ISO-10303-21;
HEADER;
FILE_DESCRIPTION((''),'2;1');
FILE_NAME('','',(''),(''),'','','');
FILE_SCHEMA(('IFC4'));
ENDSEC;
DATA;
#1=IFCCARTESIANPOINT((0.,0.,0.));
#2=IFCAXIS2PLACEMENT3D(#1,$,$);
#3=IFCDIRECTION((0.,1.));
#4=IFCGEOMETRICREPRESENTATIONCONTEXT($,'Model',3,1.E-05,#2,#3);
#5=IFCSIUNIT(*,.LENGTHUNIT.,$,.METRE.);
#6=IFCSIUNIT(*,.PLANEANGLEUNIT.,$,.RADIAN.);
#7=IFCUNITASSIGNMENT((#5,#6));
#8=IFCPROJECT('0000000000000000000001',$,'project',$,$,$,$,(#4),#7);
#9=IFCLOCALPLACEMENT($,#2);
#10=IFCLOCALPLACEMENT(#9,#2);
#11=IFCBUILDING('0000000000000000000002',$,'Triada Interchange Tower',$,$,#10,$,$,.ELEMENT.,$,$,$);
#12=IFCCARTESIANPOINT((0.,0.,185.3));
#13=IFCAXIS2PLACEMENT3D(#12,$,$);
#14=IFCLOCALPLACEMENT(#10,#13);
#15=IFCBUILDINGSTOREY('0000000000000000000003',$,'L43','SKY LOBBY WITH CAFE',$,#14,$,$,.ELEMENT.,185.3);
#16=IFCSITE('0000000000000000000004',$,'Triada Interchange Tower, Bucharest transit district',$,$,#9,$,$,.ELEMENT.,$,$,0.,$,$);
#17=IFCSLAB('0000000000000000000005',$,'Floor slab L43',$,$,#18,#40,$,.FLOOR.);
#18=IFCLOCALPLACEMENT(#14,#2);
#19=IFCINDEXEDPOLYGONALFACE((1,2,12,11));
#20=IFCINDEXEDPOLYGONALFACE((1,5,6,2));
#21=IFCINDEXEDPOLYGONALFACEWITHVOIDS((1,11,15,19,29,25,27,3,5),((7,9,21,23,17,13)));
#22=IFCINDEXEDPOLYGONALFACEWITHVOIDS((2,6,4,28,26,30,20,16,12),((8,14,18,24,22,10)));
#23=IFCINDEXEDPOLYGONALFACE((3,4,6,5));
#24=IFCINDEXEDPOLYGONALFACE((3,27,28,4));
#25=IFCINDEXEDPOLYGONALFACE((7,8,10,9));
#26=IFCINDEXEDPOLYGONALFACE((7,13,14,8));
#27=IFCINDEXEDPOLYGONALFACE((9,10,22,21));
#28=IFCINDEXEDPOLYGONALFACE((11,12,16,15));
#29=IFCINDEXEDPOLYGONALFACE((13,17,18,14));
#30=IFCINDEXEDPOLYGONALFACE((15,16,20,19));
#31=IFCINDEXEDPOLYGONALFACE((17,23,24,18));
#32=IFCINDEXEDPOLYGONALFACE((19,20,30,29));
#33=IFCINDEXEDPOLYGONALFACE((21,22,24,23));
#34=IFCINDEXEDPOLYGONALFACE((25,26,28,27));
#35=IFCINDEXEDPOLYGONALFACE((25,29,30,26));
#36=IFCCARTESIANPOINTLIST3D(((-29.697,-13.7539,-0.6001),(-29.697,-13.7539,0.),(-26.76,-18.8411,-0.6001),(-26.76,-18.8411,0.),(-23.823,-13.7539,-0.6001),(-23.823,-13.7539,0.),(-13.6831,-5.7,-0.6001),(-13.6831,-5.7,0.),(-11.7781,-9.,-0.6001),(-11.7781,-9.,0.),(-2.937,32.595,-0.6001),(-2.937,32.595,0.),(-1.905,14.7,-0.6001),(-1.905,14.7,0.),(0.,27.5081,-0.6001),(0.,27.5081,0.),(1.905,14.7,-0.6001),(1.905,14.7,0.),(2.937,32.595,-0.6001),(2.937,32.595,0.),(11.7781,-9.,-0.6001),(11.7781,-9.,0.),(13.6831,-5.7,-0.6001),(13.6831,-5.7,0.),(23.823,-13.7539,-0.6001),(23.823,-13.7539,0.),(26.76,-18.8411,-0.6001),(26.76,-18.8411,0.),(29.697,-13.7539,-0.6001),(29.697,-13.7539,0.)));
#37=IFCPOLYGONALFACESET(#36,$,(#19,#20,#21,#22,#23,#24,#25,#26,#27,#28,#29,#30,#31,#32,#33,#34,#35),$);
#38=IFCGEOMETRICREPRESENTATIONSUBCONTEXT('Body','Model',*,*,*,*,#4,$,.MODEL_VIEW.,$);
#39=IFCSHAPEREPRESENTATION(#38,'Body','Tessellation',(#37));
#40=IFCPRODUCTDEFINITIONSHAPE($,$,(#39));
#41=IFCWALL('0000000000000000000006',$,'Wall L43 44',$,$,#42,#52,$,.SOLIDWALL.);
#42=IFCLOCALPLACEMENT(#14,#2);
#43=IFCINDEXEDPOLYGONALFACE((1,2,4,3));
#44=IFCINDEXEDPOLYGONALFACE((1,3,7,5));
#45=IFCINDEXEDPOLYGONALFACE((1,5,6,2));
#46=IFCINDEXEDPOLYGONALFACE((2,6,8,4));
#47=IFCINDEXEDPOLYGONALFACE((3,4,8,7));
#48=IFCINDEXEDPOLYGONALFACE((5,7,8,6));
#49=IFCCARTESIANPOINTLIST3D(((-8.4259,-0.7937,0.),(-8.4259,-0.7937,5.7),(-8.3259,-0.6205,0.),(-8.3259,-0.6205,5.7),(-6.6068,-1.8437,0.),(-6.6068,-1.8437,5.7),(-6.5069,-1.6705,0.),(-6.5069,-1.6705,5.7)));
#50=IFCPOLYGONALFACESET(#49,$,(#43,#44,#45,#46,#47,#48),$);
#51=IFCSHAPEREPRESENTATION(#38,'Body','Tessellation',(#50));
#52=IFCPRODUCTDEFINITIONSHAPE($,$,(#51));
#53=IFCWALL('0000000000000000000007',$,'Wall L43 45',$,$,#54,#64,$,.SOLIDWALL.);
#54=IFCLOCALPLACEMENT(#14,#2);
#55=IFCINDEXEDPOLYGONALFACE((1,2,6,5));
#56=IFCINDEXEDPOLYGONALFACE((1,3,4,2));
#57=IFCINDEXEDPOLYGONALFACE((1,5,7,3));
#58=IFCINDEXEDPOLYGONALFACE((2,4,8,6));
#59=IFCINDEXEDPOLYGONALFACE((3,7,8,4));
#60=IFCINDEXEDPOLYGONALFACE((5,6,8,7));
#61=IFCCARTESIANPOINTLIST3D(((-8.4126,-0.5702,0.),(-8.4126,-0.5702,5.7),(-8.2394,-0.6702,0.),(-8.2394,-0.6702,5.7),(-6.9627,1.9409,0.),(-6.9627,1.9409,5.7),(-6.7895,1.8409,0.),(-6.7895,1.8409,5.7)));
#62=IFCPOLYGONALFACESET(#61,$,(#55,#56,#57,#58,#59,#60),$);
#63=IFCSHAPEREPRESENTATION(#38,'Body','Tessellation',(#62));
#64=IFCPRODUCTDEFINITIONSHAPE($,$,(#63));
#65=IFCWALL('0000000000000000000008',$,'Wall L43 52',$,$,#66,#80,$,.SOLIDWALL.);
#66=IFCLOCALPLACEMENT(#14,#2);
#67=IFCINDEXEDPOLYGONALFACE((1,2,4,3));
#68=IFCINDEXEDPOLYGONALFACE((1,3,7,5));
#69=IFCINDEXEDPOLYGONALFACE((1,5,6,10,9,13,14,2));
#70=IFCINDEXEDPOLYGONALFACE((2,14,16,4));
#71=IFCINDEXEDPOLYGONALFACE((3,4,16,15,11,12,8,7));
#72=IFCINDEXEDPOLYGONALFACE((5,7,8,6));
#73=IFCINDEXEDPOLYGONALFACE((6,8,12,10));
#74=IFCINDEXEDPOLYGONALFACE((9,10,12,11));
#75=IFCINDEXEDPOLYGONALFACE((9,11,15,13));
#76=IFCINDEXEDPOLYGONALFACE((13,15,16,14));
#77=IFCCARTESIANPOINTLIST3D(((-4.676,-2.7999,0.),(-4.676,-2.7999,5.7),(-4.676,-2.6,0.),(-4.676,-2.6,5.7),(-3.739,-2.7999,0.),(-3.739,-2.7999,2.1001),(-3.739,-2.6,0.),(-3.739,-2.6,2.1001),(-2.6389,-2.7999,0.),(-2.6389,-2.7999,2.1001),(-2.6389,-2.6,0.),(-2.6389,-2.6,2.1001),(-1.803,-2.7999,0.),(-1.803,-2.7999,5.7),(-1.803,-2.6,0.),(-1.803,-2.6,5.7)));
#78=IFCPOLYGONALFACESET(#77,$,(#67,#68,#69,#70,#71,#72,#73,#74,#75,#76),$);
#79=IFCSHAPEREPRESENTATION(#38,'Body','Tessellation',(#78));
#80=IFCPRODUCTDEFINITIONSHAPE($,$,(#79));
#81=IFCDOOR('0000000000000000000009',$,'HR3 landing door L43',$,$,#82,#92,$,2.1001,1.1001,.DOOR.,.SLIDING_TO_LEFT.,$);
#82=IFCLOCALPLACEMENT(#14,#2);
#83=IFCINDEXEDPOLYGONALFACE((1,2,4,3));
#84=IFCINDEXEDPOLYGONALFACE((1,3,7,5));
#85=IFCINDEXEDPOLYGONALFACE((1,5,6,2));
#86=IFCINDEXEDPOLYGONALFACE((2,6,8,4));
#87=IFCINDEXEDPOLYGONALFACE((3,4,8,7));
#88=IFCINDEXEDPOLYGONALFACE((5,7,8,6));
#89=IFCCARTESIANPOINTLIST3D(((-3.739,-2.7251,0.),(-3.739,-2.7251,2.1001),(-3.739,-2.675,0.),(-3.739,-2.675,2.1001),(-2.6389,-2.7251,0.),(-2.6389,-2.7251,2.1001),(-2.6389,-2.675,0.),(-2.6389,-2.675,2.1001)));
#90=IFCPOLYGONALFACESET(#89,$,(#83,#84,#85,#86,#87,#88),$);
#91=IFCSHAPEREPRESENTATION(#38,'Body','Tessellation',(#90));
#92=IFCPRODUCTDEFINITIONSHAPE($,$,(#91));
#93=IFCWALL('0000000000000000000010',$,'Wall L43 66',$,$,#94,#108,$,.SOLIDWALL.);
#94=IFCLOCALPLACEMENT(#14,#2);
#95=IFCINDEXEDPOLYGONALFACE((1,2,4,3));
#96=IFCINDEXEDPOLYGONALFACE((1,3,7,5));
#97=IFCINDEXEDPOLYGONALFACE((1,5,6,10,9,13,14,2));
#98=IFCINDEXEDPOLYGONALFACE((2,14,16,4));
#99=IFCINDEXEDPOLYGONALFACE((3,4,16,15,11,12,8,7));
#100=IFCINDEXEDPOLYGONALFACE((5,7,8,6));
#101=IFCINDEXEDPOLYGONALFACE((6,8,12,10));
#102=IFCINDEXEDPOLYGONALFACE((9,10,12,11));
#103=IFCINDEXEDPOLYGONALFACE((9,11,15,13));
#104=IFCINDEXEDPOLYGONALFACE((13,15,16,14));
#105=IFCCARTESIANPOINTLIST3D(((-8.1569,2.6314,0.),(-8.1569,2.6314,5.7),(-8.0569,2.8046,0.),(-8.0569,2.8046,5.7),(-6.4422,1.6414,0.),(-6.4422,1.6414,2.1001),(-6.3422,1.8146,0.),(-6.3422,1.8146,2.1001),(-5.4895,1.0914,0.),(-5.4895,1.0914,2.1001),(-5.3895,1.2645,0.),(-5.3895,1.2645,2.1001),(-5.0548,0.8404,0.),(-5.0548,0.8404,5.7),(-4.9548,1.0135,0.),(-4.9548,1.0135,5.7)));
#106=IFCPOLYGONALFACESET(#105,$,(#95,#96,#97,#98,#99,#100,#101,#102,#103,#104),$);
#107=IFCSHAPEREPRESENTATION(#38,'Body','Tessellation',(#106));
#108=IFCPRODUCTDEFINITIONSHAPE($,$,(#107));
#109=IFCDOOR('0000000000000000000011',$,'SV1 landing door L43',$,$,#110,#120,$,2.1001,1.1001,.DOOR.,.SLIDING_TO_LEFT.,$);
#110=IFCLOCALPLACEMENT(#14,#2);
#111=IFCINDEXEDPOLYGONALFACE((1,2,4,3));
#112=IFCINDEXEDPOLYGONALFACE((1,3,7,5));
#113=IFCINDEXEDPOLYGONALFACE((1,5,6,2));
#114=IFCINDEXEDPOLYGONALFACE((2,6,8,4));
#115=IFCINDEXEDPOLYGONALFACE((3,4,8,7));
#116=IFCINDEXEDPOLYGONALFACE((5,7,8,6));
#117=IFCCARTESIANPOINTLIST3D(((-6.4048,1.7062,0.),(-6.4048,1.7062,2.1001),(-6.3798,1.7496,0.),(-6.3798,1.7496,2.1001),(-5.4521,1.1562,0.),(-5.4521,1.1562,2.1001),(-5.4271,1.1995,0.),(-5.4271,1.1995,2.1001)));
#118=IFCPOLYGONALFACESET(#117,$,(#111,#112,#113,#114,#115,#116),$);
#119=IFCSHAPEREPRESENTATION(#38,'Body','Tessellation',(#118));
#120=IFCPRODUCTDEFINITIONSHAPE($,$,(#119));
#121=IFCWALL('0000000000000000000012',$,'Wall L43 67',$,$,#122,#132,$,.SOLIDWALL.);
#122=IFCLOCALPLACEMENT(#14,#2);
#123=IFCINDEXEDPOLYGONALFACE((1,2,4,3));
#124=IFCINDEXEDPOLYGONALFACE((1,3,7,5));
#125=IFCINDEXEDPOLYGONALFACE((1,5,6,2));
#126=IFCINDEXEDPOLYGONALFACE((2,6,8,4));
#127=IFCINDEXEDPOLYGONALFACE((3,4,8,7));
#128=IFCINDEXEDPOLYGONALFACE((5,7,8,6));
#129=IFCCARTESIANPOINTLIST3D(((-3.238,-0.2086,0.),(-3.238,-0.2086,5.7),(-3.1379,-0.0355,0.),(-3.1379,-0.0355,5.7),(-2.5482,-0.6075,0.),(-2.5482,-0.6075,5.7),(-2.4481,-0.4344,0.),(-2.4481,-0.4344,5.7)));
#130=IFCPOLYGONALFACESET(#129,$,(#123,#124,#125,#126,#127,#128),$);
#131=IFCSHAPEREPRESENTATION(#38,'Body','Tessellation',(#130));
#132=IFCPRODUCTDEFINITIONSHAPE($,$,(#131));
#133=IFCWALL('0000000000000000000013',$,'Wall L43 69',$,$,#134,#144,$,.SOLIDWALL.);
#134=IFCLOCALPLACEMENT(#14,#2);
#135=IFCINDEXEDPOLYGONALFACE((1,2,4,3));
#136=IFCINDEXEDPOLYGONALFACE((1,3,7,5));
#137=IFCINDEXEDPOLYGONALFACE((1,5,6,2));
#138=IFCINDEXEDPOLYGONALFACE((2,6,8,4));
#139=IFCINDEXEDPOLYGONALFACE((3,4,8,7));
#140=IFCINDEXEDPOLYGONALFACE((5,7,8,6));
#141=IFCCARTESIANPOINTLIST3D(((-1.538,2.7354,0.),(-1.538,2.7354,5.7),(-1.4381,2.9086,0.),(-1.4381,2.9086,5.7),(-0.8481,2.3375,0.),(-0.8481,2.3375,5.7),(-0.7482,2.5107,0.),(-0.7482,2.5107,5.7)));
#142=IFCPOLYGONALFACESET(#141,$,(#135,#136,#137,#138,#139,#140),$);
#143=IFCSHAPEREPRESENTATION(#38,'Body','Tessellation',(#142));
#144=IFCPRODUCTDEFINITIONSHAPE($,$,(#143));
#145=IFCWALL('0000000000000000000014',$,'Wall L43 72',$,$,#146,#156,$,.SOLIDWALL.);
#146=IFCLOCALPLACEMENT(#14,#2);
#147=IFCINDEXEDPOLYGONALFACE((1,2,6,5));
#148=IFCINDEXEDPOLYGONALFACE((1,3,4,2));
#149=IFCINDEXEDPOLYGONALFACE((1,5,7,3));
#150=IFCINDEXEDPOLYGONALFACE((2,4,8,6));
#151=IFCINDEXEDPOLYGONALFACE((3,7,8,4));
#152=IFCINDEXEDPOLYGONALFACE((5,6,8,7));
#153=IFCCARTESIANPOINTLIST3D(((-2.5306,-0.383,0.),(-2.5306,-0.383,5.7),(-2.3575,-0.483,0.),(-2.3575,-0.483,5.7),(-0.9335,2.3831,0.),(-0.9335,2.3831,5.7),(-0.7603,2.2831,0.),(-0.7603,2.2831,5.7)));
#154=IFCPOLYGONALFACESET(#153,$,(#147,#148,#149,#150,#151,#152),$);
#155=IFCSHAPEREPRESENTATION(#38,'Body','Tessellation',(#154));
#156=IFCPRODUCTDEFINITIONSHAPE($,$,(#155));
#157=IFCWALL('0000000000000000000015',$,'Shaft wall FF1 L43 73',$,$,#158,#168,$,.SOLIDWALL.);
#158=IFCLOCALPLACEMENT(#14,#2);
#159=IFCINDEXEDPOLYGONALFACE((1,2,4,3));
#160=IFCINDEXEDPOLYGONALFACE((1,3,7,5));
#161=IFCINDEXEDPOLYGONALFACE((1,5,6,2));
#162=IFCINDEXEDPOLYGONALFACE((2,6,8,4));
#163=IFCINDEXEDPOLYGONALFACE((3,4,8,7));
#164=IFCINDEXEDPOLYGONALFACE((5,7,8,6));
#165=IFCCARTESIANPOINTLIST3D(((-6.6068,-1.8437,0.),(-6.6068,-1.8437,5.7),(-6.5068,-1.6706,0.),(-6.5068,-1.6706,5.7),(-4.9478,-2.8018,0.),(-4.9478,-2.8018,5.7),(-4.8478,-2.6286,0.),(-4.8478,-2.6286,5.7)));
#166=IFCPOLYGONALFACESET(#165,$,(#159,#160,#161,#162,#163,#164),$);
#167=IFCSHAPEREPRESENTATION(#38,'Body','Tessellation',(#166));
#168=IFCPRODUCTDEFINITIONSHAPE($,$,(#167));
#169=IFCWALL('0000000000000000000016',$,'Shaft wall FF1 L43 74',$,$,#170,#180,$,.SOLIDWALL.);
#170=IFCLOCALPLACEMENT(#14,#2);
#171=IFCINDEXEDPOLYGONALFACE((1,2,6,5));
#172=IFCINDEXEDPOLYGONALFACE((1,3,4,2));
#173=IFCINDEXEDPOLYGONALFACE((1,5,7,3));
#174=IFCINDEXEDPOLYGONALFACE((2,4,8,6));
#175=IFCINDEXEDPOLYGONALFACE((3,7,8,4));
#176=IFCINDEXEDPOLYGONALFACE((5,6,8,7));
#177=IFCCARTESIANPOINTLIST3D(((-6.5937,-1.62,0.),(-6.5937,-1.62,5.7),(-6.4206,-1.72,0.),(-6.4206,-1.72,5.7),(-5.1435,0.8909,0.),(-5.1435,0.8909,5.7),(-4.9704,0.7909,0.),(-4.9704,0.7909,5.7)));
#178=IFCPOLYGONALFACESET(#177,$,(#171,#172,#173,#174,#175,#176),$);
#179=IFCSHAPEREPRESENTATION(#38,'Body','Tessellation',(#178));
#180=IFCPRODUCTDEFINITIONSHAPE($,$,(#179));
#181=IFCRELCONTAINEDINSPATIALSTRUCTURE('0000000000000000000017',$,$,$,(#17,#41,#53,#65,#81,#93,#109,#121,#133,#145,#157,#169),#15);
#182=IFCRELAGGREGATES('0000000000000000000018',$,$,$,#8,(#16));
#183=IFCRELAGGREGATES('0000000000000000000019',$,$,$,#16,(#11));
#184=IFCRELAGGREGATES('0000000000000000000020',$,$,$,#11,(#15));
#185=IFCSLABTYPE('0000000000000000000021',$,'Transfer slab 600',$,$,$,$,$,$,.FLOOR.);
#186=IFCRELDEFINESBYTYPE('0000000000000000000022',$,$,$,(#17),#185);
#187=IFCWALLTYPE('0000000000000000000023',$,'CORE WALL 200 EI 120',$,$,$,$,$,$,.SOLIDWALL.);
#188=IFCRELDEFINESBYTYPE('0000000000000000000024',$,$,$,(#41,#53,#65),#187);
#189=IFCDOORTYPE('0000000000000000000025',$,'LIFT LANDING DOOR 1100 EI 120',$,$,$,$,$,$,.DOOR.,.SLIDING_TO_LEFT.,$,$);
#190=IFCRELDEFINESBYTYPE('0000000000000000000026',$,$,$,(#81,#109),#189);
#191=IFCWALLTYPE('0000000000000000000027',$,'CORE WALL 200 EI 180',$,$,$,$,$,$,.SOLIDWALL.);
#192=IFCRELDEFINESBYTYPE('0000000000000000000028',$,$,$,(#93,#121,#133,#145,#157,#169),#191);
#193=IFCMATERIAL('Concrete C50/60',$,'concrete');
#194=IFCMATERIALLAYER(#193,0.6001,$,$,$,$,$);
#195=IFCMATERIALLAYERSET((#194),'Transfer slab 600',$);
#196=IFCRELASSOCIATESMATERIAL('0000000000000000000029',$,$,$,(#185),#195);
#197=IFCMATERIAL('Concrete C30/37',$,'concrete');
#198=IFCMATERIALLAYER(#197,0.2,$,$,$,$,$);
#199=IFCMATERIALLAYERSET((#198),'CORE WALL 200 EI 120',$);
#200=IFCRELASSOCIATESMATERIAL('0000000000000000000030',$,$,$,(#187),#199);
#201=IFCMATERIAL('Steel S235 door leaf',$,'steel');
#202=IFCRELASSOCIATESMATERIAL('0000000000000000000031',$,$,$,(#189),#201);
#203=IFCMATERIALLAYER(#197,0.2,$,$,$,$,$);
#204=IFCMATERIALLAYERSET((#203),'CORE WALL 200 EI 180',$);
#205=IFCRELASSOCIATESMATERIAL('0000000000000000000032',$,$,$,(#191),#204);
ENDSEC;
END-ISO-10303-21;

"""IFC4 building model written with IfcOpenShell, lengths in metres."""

from ifc_helpers import new_model, si_unit, direction, frame, frame_2d, origin, place, context, subcontext, project, spatial, polyline, rectangle, outline, extrude, material, layer, layer_set, type_object, element, fill, save


model = new_model("IFC4")

# Units and contexts
model_context = context("Model", 3, precision=1e-05, world=origin(), true_north=direction((0.0, 1.0)))
body_context = subcontext(model_context, "Body", "Model", "MODEL_VIEW")
ifc_project = project(units=[si_unit("LENGTHUNIT", "METRE"), si_unit("PLANEANGLEUNIT", "RADIAN")], contexts=[model_context])

# Site, building, storey
site_placement = place(None, origin())
site = spatial("IfcSite", under=ifc_project, at=site_placement, Name="Triada Interchange Tower, Bucharest transit district", CompositionType="ELEMENT", RefElevation=0.0)
building_placement = place(site_placement, origin())
building = spatial("IfcBuilding", under=site, at=building_placement, Name="Triada Interchange Tower", CompositionType="ELEMENT")
storey_placement = place(building_placement, frame((0.0, 0.0, 185.3)))
storey = spatial("IfcBuildingStorey", under=building, at=storey_placement, Name="L43", Description="SKY LOBBY WITH CAFE", CompositionType="ELEMENT", Elevation=185.3)

# Slab
ifc_material_1 = material(Name="Concrete C50/60", Category="concrete")
ifc_layer_1 = layer(ifc_material_1, 0.6001)
ifc_layer_set_1 = layer_set([ifc_layer_1], Name="Transfer slab 600")
slab_type = type_object("IfcSlabType", Name="Transfer slab 600", PredefinedType="FLOOR", material=ifc_layer_set_1)
slab_placement = place(storey_placement, frame((0.0, 0.0, -0.6001)))
element("IfcSlab", 1, at=slab_placement, inside=storey, type_object=slab_type, Name="Floor slab L43", PredefinedType="FLOOR", context=body_context, shape_type="SweptSolid", body=[
    extrude(outline(polyline([(-2.937, 32.595), (-29.697, -13.7539), (-23.823, -13.7539), (-26.76, -18.8411), (26.76, -18.8411), (23.823, -13.7539), (29.697, -13.7539), (2.937, 32.595), (0.0, 27.5081), (-2.937, 32.595)]), holes=[polyline([(1.905, 14.7), (-1.905, 14.7), (-13.6831, -5.7), (-11.7781, -9.0), (11.7781, -9.0), (13.6831, -5.7), (1.905, 14.7)])]), origin(), (0.0, 0.0, 1.0), 0.6001),
])

# Walls
ifc_material_2 = material(Name="Concrete C30/37", Category="concrete")
ifc_layer_2 = layer(ifc_material_2, 0.2)
ifc_layer_set_2 = layer_set([ifc_layer_2], Name="CORE WALL 200 EI 120")
wall_type_1 = type_object("IfcWallType", Name="CORE WALL 200 EI 120", PredefinedType="SOLIDWALL", material=ifc_layer_set_2)
wall_1_placement = place(storey_placement, frame((-8.376, -0.707, 0.0), z_axis=(0.0, 0.0, 1.0), x_axis=(0.866068, -0.499927, 0.0)))
element("IfcWall", 2, at=wall_1_placement, inside=storey, type_object=wall_type_1, Name="Wall L43 44", PredefinedType="SOLIDWALL", context=body_context, shape_type="SweptSolid", body=[
    extrude(rectangle(XDim=2.1003, YDim=0.2, at=frame_2d((1.0503, 0.0))), origin(), (0.0, 0.0, 1.0), 5.7),
])
wall_2_placement = place(storey_placement, frame((-8.3259, -0.6201, 0.0), z_axis=(0.0, 0.0, 1.0), x_axis=(0.500024, 0.866012, 0.0)))
element("IfcWall", 3, at=wall_2_placement, inside=storey, type_object=wall_type_1, Name="Wall L43 45", PredefinedType="SOLIDWALL", context=body_context, shape_type="SweptSolid", body=[
    extrude(rectangle(XDim=2.8997, YDim=0.2, at=frame_2d((1.4497, 0.0))), origin(), (0.0, 0.0, 1.0), 5.7),
])

# Walls, openings, doors
wall_3_placement = place(storey_placement, frame((-4.676, -2.7, 0.0), z_axis=(0.0, 0.0, 1.0), x_axis=(1.0, 0.0, 0.0)))
wall_3 = element("IfcWall", 4, at=wall_3_placement, inside=storey, type_object=wall_type_1, Name="Wall L43 52", PredefinedType="SOLIDWALL", context=body_context, shape_type="SweptSolid", body=[
    extrude(rectangle(XDim=2.873, YDim=0.2, at=frame_2d((1.4365, 0.0))), origin(), (0.0, 0.0, 1.0), 5.7),
])
opening_1_placement = place(wall_3_placement, frame((0.937, 0.0, 0.0)))
opening_1 = element("IfcOpeningElement", 5, at=opening_1_placement, cuts=wall_3, PredefinedType="OPENING", context=body_context, shape_type="SweptSolid", body=[
    extrude(rectangle(XDim=1.1001, YDim=2.1001, at=frame_2d((0.55, 1.05))), frame((0.0, 0.1099, 0.0), z_axis=(0.0, -1.0, 0.0), x_axis=(1.0, 0.0, 0.0)), (0.0, 0.0, 1.0), 0.22),
])
ifc_material_3 = material(Name="Steel S235 door leaf", Category="steel")
door_type = type_object("IfcDoorType", Name="LIFT LANDING DOOR 1100 EI 120", OperationType="SLIDING_TO_LEFT", PredefinedType="DOOR", material=ifc_material_3)
door_1_placement = place(opening_1_placement, origin())
door_1 = element("IfcDoor", 6, at=door_1_placement, inside=storey, type_object=door_type, Name="HR3 landing door L43", OperationType="SLIDING_TO_LEFT", OverallHeight=2.1001, OverallWidth=1.1001, PredefinedType="DOOR", context=body_context, shape_type="SweptSolid", body=[
    extrude(rectangle(XDim=1.1001, YDim=2.1001, at=frame_2d((0.55, 1.05))), frame((0.0, 0.0249, 0.0), z_axis=(0.0, -1.0, 0.0), x_axis=(1.0, 0.0, 0.0)), (0.0, 0.0, 1.0), 0.05),
])
fill(opening_1, door_1)
ifc_layer_3 = layer(ifc_material_2, 0.2)
ifc_layer_set_3 = layer_set([ifc_layer_3], Name="CORE WALL 200 EI 180")
wall_type_2 = type_object("IfcWallType", Name="CORE WALL 200 EI 180", PredefinedType="SOLIDWALL", material=ifc_layer_set_3)
wall_4_placement = place(storey_placement, frame((-8.1069, 2.718, 0.0), z_axis=(0.0, 0.0, 1.0), x_axis=(0.86602, -0.50001, 0.0)))
wall_4 = element("IfcWall", 7, at=wall_4_placement, inside=storey, type_object=wall_type_2, Name="Wall L43 66", PredefinedType="SOLIDWALL", context=body_context, shape_type="SweptSolid", body=[
    extrude(rectangle(XDim=3.582, YDim=0.2, at=frame_2d((1.791, 0.0))), origin(), (0.0, 0.0, 1.0), 5.7),
])
opening_2_placement = place(wall_4_placement, frame((1.98, 0.0, 0.0)))
opening_2 = element("IfcOpeningElement", 8, at=opening_2_placement, cuts=wall_4, PredefinedType="OPENING", context=body_context, shape_type="SweptSolid", body=[
    extrude(rectangle(XDim=1.1001, YDim=2.1001, at=frame_2d((0.55, 1.05))), frame((0.0, 0.1099, 0.0), z_axis=(0.0, -1.0, 0.0), x_axis=(1.0, 0.0, 0.0)), (0.0, 0.0, 1.0), 0.22),
])
door_2_placement = place(opening_2_placement, origin())
door_2 = element("IfcDoor", 9, at=door_2_placement, inside=storey, type_object=door_type, Name="SV1 landing door L43", OperationType="SLIDING_TO_LEFT", OverallHeight=2.1001, OverallWidth=1.1001, PredefinedType="DOOR", context=body_context, shape_type="SweptSolid", body=[
    extrude(rectangle(XDim=1.1001, YDim=2.1001, at=frame_2d((0.55, 1.05))), frame((0.0, 0.0249, 0.0), z_axis=(0.0, -1.0, 0.0), x_axis=(1.0, 0.0, 0.0)), (0.0, 0.0, 1.0), 0.05),
])
fill(opening_2, door_2)

# Walls
wall_5_placement = place(storey_placement, frame((-3.188, -0.1221, 0.0), z_axis=(0.0, 0.0, 1.0), x_axis=(0.865706, -0.500553, 0.0)))
element("IfcWall", 10, at=wall_5_placement, inside=storey, type_object=wall_type_2, Name="Wall L43 67", PredefinedType="SOLIDWALL", context=body_context, shape_type="SweptSolid", body=[
    extrude(rectangle(XDim=0.7969, YDim=0.2, at=frame_2d((0.3984, 0.0))), origin(), (0.0, 0.0, 1.0), 5.7),
])
wall_6_placement = place(storey_placement, frame((-1.488, 2.822, 0.0), z_axis=(0.0, 0.0, 1.0), x_axis=(0.866237, -0.499634, 0.0)))
element("IfcWall", 11, at=wall_6_placement, inside=storey, type_object=wall_type_2, Name="Wall L43 69", PredefinedType="SOLIDWALL", context=body_context, shape_type="SweptSolid", body=[
    extrude(rectangle(XDim=0.7964, YDim=0.2, at=frame_2d((0.3982, 0.0))), origin(), (0.0, 0.0, 1.0), 5.7),
])
wall_7_placement = place(storey_placement, frame((-2.4441, -0.4331, 0.0), z_axis=(0.0, 0.0, 1.0), x_axis=(0.500036, 0.866005, 0.0)))
element("IfcWall", 12, at=wall_7_placement, inside=storey, type_object=wall_type_2, Name="Wall L43 72", PredefinedType="SOLIDWALL", context=body_context, shape_type="SweptSolid", body=[
    extrude(rectangle(XDim=3.1941, YDim=0.2, at=frame_2d((1.5972, 0.0))), origin(), (0.0, 0.0, 1.0), 5.7),
])
wall_8_placement = place(storey_placement, frame((-6.5569, -1.7571, 0.0), z_axis=(0.0, 0.0, 1.0), x_axis=(0.865975, -0.500086, 0.0)))
element("IfcWall", 13, at=wall_8_placement, inside=storey, type_object=wall_type_2, Name="Shaft wall FF1 L43 73", PredefinedType="SOLIDWALL", context=body_context, shape_type="SweptSolid", body=[
    extrude(rectangle(XDim=1.9158, YDim=0.2, at=frame_2d((0.958, 0.0))), origin(), (0.0, 0.0, 1.0), 5.7),
])
wall_9_placement = place(storey_placement, frame((-6.5071, -1.6699, 0.0), z_axis=(0.0, 0.0, 1.0), x_axis=(0.500123, 0.865954, 0.0)))
element("IfcWall", 14, at=wall_9_placement, inside=storey, type_object=wall_type_2, Name="Shaft wall FF1 L43 74", PredefinedType="SOLIDWALL", context=body_context, shape_type="SweptSolid", body=[
    extrude(rectangle(XDim=2.8997, YDim=0.2, at=frame_2d((1.4497, 0.0))), origin(), (0.0, 0.0, 1.0), 5.7),
])

save(model, "model.ifc")
